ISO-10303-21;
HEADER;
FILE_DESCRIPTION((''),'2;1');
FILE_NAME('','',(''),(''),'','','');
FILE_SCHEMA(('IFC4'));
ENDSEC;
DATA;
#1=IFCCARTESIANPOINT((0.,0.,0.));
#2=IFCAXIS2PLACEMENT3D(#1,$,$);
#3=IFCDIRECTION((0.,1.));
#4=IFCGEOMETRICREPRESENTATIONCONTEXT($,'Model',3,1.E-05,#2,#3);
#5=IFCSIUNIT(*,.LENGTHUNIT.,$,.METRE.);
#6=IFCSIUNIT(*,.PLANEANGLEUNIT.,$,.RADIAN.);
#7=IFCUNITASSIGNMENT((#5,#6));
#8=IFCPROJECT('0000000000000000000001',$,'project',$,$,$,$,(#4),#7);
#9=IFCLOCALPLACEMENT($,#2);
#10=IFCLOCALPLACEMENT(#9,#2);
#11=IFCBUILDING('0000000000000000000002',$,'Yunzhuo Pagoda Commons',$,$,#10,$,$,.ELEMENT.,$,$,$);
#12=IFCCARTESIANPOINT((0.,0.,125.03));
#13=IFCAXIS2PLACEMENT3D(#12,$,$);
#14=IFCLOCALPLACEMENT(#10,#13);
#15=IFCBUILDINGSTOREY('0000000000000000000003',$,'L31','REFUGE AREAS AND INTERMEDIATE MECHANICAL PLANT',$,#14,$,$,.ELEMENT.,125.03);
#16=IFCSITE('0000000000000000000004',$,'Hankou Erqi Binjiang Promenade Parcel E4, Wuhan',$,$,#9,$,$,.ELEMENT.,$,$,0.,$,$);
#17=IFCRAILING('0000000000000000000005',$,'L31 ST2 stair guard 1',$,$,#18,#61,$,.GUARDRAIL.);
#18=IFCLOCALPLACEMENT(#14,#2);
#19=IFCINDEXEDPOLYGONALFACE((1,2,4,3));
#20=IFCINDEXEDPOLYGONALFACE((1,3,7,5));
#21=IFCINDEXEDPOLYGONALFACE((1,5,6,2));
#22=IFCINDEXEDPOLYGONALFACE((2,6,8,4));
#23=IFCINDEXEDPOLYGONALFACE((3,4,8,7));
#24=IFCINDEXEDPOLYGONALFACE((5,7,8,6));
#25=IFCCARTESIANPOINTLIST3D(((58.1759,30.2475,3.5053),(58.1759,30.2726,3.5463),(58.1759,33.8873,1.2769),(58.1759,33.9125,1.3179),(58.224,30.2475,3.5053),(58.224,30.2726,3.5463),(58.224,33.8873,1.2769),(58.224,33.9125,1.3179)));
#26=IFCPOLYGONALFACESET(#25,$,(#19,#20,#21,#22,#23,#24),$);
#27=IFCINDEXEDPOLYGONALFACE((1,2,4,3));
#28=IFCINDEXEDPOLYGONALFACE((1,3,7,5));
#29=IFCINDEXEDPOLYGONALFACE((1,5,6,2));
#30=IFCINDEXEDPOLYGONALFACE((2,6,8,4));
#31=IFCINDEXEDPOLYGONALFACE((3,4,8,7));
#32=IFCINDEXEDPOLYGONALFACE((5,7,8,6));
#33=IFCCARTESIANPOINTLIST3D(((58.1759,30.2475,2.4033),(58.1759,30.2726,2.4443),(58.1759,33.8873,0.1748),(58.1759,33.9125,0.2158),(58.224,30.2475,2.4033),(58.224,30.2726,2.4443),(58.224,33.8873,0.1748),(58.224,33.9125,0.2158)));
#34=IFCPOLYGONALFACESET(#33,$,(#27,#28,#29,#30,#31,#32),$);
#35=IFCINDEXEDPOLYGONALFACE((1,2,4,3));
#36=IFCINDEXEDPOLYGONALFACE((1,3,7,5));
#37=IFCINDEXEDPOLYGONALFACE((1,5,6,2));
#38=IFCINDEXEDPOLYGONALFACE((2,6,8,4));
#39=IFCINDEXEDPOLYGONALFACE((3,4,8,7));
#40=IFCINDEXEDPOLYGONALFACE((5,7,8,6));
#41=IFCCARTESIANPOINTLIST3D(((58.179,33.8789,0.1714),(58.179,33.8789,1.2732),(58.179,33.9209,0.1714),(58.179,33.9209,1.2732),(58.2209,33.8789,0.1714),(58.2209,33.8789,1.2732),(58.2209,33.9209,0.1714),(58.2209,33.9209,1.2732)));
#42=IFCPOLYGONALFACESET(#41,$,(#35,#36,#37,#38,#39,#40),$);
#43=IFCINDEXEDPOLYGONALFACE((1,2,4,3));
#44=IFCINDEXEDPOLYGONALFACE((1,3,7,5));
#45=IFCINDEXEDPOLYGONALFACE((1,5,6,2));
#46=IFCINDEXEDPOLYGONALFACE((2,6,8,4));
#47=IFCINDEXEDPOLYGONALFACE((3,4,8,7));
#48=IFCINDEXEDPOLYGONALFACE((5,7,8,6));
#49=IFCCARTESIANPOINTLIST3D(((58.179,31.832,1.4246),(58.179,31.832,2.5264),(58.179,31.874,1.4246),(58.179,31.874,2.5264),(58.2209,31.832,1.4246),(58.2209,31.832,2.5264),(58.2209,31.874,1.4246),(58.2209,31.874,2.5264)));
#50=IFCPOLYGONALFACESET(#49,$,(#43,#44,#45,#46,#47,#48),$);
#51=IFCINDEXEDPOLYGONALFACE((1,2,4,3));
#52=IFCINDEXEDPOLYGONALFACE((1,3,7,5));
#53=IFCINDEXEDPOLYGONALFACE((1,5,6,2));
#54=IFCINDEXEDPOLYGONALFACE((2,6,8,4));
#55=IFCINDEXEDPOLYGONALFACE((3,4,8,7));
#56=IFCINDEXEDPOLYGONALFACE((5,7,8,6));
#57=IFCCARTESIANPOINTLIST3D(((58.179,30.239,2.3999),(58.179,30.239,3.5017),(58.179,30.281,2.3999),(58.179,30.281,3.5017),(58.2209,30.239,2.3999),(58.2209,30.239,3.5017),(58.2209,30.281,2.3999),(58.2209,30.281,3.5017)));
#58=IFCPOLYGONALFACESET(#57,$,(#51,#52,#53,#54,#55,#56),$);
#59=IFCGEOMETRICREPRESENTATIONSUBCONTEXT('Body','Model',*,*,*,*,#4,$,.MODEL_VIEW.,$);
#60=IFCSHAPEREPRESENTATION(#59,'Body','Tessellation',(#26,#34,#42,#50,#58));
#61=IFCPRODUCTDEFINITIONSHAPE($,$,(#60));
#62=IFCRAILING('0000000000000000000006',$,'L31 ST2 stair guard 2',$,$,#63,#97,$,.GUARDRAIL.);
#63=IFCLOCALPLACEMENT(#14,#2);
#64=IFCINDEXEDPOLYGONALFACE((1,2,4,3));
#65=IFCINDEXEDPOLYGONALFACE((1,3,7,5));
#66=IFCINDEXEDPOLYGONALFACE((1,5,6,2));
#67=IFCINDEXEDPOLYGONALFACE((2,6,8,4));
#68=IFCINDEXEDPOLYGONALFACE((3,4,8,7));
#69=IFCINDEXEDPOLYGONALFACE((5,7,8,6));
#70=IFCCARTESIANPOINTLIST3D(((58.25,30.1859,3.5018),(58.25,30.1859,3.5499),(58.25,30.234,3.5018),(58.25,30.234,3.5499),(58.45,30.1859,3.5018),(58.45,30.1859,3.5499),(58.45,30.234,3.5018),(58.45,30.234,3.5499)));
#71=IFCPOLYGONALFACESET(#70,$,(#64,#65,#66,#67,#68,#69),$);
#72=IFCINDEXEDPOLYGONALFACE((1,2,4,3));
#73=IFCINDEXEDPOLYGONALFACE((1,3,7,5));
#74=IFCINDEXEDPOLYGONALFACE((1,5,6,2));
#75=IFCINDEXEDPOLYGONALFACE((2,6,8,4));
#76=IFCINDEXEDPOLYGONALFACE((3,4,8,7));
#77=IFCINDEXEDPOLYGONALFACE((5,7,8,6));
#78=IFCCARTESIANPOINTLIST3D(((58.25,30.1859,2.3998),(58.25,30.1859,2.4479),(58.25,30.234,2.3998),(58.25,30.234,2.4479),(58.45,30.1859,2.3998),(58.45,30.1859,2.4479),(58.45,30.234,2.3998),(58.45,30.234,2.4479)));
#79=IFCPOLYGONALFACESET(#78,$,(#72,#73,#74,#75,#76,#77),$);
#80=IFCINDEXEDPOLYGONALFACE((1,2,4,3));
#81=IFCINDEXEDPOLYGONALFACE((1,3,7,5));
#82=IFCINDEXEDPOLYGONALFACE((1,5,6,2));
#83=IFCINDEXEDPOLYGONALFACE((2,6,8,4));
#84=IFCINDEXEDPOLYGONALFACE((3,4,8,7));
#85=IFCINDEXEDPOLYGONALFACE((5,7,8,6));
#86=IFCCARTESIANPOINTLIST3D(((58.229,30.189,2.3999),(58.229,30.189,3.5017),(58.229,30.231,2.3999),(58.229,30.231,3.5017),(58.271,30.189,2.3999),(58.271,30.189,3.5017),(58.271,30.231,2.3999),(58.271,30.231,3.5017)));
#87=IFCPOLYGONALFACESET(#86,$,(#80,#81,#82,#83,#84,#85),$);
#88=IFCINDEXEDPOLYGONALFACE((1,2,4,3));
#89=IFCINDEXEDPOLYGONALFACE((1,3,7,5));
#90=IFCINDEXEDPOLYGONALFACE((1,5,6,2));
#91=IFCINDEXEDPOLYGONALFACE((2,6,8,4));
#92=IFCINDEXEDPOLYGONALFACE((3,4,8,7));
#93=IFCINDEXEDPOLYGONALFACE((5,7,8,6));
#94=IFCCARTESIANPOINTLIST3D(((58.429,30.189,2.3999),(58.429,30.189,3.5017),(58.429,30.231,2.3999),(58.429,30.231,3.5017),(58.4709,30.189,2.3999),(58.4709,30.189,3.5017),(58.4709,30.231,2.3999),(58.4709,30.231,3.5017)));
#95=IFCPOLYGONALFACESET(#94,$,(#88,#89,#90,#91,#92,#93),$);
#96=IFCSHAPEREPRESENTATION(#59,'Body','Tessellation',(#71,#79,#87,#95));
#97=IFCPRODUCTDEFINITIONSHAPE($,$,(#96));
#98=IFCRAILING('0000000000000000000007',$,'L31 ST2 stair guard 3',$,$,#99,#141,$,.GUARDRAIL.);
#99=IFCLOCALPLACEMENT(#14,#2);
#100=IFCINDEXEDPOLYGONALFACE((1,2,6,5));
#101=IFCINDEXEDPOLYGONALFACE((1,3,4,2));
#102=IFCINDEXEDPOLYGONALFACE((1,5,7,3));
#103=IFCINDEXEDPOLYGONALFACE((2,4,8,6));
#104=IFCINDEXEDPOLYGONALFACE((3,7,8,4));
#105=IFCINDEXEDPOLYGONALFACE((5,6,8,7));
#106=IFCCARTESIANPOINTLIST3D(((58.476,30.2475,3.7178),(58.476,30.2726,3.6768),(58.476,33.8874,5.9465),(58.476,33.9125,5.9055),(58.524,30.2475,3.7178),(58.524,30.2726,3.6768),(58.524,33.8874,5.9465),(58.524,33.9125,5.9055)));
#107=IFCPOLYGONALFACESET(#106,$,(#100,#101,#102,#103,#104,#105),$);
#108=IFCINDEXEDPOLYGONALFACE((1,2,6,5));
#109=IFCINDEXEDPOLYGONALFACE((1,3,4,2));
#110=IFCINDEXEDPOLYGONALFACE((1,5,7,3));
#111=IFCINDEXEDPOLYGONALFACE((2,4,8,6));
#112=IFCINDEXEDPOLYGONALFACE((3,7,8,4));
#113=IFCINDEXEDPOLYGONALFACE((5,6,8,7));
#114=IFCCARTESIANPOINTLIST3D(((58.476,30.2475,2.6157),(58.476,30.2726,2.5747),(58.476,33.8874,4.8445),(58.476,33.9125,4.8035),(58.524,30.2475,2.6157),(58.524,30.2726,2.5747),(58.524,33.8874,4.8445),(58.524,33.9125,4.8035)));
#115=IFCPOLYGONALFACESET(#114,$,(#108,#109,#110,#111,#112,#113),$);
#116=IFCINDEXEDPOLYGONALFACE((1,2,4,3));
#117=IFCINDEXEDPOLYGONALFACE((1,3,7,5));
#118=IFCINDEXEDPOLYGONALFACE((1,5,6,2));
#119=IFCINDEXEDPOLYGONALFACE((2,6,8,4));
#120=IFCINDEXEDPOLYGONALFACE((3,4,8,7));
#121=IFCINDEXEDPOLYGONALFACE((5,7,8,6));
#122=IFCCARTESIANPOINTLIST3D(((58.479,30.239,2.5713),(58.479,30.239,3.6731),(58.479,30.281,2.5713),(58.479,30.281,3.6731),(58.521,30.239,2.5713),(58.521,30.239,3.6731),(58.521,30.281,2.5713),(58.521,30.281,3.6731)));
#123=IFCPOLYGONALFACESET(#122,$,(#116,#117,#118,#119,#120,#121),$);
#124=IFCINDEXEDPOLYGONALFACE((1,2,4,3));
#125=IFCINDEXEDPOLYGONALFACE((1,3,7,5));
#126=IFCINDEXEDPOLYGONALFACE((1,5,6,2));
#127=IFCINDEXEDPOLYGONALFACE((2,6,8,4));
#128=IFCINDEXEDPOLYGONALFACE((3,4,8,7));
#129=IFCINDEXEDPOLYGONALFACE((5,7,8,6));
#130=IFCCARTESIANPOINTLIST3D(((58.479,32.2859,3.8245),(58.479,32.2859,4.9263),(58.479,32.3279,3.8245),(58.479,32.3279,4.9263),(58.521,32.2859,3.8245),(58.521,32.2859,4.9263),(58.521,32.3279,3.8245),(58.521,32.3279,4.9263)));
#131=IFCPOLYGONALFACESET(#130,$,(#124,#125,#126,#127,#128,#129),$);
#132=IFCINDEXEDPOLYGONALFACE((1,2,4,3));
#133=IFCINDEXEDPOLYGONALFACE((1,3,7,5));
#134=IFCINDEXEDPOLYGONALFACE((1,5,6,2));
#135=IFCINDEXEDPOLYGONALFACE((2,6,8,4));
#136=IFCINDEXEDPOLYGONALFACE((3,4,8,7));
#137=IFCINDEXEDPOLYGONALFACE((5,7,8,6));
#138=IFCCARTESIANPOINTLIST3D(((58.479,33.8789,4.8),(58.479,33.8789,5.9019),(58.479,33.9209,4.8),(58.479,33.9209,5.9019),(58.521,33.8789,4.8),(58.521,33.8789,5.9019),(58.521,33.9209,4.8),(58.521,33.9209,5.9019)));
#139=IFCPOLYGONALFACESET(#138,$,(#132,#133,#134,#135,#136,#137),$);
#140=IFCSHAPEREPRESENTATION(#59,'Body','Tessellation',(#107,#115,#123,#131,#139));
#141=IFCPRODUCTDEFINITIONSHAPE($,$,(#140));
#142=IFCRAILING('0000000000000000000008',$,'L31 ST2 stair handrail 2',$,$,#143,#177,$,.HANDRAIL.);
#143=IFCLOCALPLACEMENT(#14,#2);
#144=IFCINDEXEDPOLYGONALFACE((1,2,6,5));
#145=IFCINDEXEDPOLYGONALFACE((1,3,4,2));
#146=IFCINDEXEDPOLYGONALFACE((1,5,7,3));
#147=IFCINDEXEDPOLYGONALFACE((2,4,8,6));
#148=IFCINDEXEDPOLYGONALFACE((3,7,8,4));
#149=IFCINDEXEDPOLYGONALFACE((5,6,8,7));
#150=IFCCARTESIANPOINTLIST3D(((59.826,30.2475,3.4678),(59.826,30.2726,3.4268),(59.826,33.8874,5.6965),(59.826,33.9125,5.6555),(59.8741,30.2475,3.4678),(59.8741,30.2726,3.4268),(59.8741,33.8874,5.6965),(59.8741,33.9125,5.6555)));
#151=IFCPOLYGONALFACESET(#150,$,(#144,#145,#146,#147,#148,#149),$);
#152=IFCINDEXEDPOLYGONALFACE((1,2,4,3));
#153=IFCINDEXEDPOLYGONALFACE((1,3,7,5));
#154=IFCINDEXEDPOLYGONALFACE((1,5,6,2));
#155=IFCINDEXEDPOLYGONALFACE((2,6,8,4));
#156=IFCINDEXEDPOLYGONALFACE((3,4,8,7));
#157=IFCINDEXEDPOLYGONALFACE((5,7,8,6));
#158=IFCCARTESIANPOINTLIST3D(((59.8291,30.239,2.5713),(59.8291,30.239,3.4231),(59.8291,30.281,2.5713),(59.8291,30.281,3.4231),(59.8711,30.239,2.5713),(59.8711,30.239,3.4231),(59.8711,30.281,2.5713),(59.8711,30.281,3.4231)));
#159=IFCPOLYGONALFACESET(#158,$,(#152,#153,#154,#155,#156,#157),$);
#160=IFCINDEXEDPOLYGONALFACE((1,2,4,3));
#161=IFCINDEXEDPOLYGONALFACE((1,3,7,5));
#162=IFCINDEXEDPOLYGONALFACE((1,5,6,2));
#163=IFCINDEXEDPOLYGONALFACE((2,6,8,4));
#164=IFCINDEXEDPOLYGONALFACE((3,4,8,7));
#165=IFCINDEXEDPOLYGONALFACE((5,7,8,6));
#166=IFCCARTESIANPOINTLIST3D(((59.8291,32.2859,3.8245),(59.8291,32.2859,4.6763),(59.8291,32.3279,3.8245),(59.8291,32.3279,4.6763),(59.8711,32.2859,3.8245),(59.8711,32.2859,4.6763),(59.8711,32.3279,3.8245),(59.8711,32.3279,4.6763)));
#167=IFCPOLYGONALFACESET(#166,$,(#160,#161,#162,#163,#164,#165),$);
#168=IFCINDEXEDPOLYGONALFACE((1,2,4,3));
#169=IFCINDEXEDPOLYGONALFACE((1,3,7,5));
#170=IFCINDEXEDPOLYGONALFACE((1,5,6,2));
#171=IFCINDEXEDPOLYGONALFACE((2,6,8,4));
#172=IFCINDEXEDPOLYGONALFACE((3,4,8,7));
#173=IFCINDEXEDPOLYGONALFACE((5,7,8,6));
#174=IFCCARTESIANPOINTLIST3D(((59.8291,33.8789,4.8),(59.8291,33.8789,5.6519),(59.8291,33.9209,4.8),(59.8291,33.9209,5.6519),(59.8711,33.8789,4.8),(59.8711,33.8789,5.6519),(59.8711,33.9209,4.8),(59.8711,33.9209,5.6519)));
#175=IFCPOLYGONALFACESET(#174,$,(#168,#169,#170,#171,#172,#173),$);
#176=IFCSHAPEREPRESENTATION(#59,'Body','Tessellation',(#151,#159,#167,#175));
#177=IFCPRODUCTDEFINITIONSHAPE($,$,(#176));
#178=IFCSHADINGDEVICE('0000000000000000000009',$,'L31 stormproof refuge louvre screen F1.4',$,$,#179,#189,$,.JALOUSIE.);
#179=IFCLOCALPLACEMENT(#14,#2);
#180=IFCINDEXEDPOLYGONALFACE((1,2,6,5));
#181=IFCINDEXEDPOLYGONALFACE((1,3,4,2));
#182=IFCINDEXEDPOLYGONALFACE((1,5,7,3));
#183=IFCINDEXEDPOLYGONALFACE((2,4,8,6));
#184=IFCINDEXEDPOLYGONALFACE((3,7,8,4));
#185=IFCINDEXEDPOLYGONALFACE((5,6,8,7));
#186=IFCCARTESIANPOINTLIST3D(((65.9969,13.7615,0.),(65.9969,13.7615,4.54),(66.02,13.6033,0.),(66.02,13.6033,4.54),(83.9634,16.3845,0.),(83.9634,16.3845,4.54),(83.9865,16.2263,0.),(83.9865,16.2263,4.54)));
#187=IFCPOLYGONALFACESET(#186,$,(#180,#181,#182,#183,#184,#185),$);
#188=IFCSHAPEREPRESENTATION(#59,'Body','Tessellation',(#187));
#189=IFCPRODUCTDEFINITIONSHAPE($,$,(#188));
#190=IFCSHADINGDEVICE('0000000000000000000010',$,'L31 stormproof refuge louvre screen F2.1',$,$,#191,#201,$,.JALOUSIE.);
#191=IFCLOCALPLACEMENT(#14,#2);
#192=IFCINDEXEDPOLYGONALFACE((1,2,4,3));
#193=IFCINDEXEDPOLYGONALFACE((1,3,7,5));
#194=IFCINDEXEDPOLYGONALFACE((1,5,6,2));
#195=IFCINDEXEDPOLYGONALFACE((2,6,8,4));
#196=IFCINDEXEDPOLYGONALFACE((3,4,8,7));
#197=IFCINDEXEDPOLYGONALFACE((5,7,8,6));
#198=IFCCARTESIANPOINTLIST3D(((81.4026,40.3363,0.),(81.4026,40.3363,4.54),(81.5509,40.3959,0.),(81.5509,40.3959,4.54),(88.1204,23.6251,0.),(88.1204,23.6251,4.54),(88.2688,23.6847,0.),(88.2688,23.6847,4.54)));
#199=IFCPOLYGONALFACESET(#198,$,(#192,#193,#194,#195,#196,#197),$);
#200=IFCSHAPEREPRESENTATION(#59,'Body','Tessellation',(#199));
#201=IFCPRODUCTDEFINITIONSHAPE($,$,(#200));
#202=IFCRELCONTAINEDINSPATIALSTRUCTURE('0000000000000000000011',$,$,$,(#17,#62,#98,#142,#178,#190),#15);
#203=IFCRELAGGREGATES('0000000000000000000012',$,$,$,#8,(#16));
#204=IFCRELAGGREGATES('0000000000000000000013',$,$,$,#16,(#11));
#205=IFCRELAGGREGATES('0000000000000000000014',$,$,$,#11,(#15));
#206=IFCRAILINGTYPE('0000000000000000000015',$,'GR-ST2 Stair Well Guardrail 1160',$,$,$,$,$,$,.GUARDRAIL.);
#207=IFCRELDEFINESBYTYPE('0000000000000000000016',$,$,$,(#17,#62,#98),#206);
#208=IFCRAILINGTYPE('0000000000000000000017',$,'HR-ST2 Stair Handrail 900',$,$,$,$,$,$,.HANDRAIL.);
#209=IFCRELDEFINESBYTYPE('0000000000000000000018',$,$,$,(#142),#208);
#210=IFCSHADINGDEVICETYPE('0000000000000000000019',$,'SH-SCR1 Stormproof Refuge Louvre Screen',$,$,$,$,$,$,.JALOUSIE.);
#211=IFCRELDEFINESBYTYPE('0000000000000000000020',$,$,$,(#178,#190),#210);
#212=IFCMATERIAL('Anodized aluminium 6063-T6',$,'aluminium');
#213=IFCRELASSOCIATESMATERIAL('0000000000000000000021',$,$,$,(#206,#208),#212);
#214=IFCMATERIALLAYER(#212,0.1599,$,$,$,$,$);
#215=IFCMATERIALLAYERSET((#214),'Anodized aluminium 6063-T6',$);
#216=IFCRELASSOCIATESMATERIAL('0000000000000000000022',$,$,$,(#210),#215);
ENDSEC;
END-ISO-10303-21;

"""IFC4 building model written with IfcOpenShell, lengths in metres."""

from ifc_helpers import new_model, si_unit, direction, frame, origin, origin_2d, place, context, subcontext, project, spatial, rectangle, extrude, source, transform, mapped, material, layer, layer_set, type_object, element, save


model = new_model("IFC4")

# Units and contexts
model_context = context("Model", 3, precision=1e-05, world=origin(), true_north=direction((0.0, 1.0)))
body_context = subcontext(model_context, "Body", "Model", "MODEL_VIEW")
ifc_project = project(units=[si_unit("LENGTHUNIT", "METRE"), si_unit("PLANEANGLEUNIT", "RADIAN")], contexts=[model_context])

# Site, building, storey
site_placement = place(None, origin())
site = spatial("IfcSite", under=ifc_project, at=site_placement, Name="Hankou Erqi Binjiang Promenade Parcel E4, Wuhan", CompositionType="ELEMENT", RefElevation=0.0)
building_placement = place(site_placement, origin())
building = spatial("IfcBuilding", under=site, at=building_placement, Name="Yunzhuo Pagoda Commons", CompositionType="ELEMENT")
storey_placement = place(building_placement, frame((0.0, 0.0, 125.03)))
storey = spatial("IfcBuildingStorey", under=building, at=storey_placement, Name="L31", Description="REFUGE AREAS AND INTERMEDIATE MECHANICAL PLANT", CompositionType="ELEMENT", Elevation=125.03)

# Railings
ifc_material_1 = material(Name="Anodized aluminium 6063-T6", Category="aluminium")
railing_type_1 = type_object("IfcRailingType", Name="GR-ST2 Stair Well Guardrail 1160", PredefinedType="GUARDRAIL", material=ifc_material_1)
railing_1_placement = place(storey_placement, frame((58.2, 33.8999, 0.1714)))
element("IfcRailing", 1, at=railing_1_placement, inside=storey, type_object=railing_type_1, Name="L31 ST2 stair guard 1", PredefinedType="GUARDRAIL", context=body_context, shape_type="SweptSolid", body=[
    extrude(rectangle(XDim=0.0481, YDim=0.0481, at=origin_2d()), frame((0.0, 0.0, 1.126), z_axis=(0.0, -0.85285, 0.522156), x_axis=(1.0, 0.0, 0.0)), (0.0, 0.0, 1.0), 4.2678),
    extrude(rectangle(XDim=0.0481, YDim=0.0481, at=origin_2d()), frame((0.0, 0.0, 0.0239), z_axis=(0.0, -0.85285, 0.522156), x_axis=(1.0, 0.0, 0.0)), (0.0, 0.0, 1.0), 4.2678),
    extrude(rectangle(XDim=0.042, YDim=0.042, at=origin_2d()), origin(), (0.0, 0.0, 1.0), 1.1018),
    extrude(rectangle(XDim=0.042, YDim=0.042, at=origin_2d()), frame((0.0, -2.0469, 1.2532)), (0.0, 0.0, 1.0), 1.1018),
    extrude(rectangle(XDim=0.042, YDim=0.042, at=origin_2d()), frame((0.0, -3.6399, 2.2285)), (0.0, 0.0, 1.0), 1.1018),
])
railing_2_placement = place(storey_placement, frame((58.25, 30.21, 2.3999)))
element("IfcRailing", 2, at=railing_2_placement, inside=storey, type_object=railing_type_1, Name="L31 ST2 stair guard 2", PredefinedType="GUARDRAIL", context=body_context, shape_type="SweptSolid", body=[
    extrude(rectangle(XDim=0.0481, YDim=0.0481, at=origin_2d()), frame((0.0, 0.0, 1.126), z_axis=(1.0, 0.0, 0.0), x_axis=(0.0, 1.0, 0.0)), (0.0, 0.0, 1.0), 0.2),
    extrude(rectangle(XDim=0.0481, YDim=0.0481, at=origin_2d()), frame((0.0, 0.0, 0.0239), z_axis=(1.0, 0.0, 0.0), x_axis=(0.0, 1.0, 0.0)), (0.0, 0.0, 1.0), 0.2),
    extrude(rectangle(XDim=0.042, YDim=0.042, at=origin_2d()), origin(), (0.0, 0.0, 1.0), 1.1018),
    extrude(rectangle(XDim=0.042, YDim=0.042, at=origin_2d()), frame((0.2, 0.0, 0.0)), (0.0, 0.0, 1.0), 1.1018),
])
railing_3_placement = place(storey_placement, frame((58.5, 30.26, 2.5713)))
element("IfcRailing", 3, at=railing_3_placement, inside=storey, type_object=railing_type_1, Name="L31 ST2 stair guard 3", PredefinedType="GUARDRAIL", context=body_context, shape_type="SweptSolid", body=[
    extrude(rectangle(XDim=0.0481, YDim=0.0481, at=origin_2d()), frame((0.0, 0.0, 1.126), z_axis=(0.0, 0.852825, 0.522197), x_axis=(-1.0, 0.0, 0.0)), (0.0, 0.0, 1.0), 4.2681),
    extrude(rectangle(XDim=0.0481, YDim=0.0481, at=origin_2d()), frame((0.0, 0.0, 0.0239), z_axis=(0.0, 0.852825, 0.522197), x_axis=(-1.0, 0.0, 0.0)), (0.0, 0.0, 1.0), 4.2681),
    extrude(rectangle(XDim=0.042, YDim=0.042, at=origin_2d()), origin(), (0.0, 0.0, 1.0), 1.1018),
    extrude(rectangle(XDim=0.042, YDim=0.042, at=origin_2d()), frame((0.0, 2.0469, 1.2532)), (0.0, 0.0, 1.0), 1.1018),
    extrude(rectangle(XDim=0.042, YDim=0.042, at=origin_2d()), frame((0.0, 3.6399, 2.2288)), (0.0, 0.0, 1.0), 1.1018),
])
railing_type_2 = type_object("IfcRailingType", Name="HR-ST2 Stair Handrail 900", PredefinedType="HANDRAIL", material=ifc_material_1)
railing_4_placement = place(storey_placement, frame((59.8501, 30.26, 2.5713)))
element("IfcRailing", 4, at=railing_4_placement, inside=storey, type_object=railing_type_2, Name="L31 ST2 stair handrail 2", PredefinedType="HANDRAIL", context=body_context, shape_type="SweptSolid", body=[
    extrude(rectangle(XDim=0.0481, YDim=0.0481, at=origin_2d()), frame((0.0, 0.0, 0.876), z_axis=(0.0, 0.852825, 0.522197), x_axis=(-1.0, 0.0, 0.0)), (0.0, 0.0, 1.0), 4.2681),
    extrude(rectangle(XDim=0.042, YDim=0.042, at=origin_2d()), origin(), (0.0, 0.0, 1.0), 0.8518),
    extrude(rectangle(XDim=0.042, YDim=0.042, at=origin_2d()), frame((0.0, 2.0469, 1.2532)), (0.0, 0.0, 1.0), 0.8518),
    extrude(rectangle(XDim=0.042, YDim=0.042, at=origin_2d()), frame((0.0, 3.6399, 2.2288)), (0.0, 0.0, 1.0), 0.8518),
])

# Shading devices
ifc_layer_1 = layer(ifc_material_1, 0.1599)
ifc_layer_set_1 = layer_set([ifc_layer_1], Name="Anodized aluminium 6063-T6")
shading_device_type = type_object("IfcShadingDeviceType", Name="SH-SCR1 Stormproof Refuge Louvre Screen", PredefinedType="JALOUSIE", material=ifc_layer_set_1)
shared_shape_1 = source(origin(), body_context, "Body", "SweptSolid", [
    extrude(rectangle(XDim=18.157, YDim=0.1599, at=origin_2d()), origin(), (0.0, 0.0, 1.0), 4.54),
])
shading_device_1_placement = place(storey_placement, frame((74.9917, 14.9939, 0.0), z_axis=(0.0, 0.0, 1.0), x_axis=(0.989511, 0.14446, 0.0)))
element("IfcShadingDevice", 5, at=shading_device_1_placement, inside=storey, type_object=shading_device_type, Name="L31 stormproof refuge louvre screen F1.4", PredefinedType="JALOUSIE", context=body_context, shape_type="MappedRepresentation", body=[
    mapped(shared_shape_1, transform((0.0, 0.0, 0.0), scale=1.0)),
])
shared_shape_2 = source(origin(), body_context, "Body", "SweptSolid", [
    extrude(rectangle(XDim=18.011, YDim=0.1599, at=origin_2d()), origin(), (0.0, 0.0, 1.0), 4.54),
])
shading_device_2_placement = place(storey_placement, frame((84.8357, 32.0105, 0.0), z_axis=(0.0, 0.0, 1.0), x_axis=(-0.372988, 0.927836, 0.0)))
element("IfcShadingDevice", 6, at=shading_device_2_placement, inside=storey, type_object=shading_device_type, Name="L31 stormproof refuge louvre screen F2.1", PredefinedType="JALOUSIE", context=body_context, shape_type="MappedRepresentation", body=[
    mapped(shared_shape_2, transform((0.0, 0.0, 0.0), scale=1.0)),
])

save(model, "model.ifc")
